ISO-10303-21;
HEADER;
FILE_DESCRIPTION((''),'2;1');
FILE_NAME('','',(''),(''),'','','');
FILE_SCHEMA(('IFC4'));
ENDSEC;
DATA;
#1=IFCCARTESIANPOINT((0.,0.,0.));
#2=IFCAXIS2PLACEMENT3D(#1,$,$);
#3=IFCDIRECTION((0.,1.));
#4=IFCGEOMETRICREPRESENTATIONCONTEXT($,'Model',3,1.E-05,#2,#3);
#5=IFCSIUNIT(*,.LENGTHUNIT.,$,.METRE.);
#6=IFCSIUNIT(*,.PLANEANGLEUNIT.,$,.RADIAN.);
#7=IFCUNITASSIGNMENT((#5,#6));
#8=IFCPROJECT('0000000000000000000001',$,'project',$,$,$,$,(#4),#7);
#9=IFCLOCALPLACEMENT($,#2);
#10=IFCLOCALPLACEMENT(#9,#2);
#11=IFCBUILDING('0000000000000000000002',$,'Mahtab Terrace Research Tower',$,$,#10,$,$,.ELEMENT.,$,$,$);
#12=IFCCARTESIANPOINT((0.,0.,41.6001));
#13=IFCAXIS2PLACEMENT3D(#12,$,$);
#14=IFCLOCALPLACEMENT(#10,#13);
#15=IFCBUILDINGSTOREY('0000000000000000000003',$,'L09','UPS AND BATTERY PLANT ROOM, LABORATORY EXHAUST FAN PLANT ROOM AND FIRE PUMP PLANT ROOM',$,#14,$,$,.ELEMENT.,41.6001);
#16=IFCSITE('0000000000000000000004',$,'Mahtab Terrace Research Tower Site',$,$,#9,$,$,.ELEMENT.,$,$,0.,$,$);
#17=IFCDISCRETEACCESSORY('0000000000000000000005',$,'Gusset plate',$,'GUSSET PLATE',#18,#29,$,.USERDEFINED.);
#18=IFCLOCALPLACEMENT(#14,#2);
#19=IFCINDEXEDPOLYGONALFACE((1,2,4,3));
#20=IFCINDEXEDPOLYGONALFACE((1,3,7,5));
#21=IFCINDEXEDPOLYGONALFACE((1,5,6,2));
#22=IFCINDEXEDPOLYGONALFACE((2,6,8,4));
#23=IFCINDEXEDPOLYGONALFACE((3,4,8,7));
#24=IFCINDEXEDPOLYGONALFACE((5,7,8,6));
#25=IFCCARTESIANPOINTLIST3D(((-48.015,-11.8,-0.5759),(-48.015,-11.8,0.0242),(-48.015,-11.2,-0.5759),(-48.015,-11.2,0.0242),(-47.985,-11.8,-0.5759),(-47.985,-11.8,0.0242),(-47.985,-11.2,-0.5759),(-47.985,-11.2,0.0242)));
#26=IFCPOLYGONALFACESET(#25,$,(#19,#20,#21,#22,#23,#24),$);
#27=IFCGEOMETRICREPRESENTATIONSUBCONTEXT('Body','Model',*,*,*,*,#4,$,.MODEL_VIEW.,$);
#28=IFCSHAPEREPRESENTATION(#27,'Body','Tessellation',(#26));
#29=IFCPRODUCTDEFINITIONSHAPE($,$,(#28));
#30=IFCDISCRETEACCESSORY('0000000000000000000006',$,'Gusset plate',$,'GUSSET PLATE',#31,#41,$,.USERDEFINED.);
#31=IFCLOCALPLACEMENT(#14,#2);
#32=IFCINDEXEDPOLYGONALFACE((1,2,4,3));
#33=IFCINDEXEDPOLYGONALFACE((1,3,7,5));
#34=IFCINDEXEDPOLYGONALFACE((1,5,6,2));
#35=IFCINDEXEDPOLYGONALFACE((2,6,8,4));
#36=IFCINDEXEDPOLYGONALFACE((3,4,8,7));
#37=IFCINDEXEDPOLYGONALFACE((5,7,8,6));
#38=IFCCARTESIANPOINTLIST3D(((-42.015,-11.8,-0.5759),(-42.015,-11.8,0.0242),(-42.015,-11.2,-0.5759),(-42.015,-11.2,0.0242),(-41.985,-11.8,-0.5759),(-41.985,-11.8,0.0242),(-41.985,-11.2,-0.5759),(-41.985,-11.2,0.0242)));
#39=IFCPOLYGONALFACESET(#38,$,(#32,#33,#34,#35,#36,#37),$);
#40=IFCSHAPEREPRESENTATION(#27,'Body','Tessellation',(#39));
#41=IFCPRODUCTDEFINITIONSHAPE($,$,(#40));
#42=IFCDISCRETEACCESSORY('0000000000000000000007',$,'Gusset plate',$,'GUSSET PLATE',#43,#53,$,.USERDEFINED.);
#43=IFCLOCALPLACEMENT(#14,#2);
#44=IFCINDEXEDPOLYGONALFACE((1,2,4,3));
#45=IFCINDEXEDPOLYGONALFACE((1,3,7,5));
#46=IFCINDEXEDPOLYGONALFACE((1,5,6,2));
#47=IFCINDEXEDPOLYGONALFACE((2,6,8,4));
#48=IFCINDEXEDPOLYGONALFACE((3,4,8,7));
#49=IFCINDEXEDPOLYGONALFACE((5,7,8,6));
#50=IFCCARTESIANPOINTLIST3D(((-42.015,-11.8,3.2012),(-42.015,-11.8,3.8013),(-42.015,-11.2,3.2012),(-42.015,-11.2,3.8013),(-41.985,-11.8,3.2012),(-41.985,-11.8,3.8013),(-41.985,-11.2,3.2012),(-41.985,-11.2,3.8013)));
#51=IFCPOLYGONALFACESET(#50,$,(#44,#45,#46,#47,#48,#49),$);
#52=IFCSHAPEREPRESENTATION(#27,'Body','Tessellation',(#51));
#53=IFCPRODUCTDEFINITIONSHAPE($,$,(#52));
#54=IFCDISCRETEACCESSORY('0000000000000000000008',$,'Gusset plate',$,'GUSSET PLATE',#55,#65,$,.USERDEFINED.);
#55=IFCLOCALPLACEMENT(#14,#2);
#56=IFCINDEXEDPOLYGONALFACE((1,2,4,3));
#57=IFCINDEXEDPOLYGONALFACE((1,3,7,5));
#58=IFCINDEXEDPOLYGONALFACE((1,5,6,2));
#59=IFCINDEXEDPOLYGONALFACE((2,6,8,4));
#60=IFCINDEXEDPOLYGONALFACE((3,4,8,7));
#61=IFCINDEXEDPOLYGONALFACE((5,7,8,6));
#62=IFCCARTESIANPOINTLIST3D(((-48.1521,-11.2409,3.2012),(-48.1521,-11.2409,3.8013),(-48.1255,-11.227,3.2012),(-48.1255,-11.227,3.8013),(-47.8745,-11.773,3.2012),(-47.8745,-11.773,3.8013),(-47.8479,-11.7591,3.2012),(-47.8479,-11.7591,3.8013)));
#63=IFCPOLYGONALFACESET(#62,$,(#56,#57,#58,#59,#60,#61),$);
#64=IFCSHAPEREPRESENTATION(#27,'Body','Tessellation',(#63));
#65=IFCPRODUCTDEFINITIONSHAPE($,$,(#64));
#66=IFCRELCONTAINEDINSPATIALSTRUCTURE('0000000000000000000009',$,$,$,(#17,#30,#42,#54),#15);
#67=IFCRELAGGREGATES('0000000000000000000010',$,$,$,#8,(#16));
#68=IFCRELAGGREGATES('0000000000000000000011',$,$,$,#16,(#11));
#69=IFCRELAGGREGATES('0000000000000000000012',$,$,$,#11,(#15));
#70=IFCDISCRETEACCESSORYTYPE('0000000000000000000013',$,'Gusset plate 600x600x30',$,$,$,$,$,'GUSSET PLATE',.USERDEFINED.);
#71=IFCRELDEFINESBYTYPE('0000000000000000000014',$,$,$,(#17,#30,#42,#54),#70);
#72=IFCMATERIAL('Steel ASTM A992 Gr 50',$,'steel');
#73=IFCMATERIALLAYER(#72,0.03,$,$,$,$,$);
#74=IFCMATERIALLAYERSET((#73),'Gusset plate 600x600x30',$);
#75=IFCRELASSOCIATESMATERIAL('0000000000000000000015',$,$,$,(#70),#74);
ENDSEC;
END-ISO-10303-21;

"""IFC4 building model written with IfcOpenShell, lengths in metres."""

from ifc_helpers import new_model, si_unit, direction, frame, origin, origin_2d, place, context, subcontext, project, spatial, rectangle, extrude, material, layer, layer_set, type_object, element, save


model = new_model("IFC4")

# Units and contexts
model_context = context("Model", 3, precision=1e-05, world=origin(), true_north=direction((0.0, 1.0)))
body_context = subcontext(model_context, "Body", "Model", "MODEL_VIEW")
ifc_project = project(units=[si_unit("LENGTHUNIT", "METRE"), si_unit("PLANEANGLEUNIT", "RADIAN")], contexts=[model_context])

# Site, building, storey
site_placement = place(None, origin())
site = spatial("IfcSite", under=ifc_project, at=site_placement, Name="Mahtab Terrace Research Tower Site", CompositionType="ELEMENT", RefElevation=0.0)
building_placement = place(site_placement, origin())
building = spatial("IfcBuilding", under=site, at=building_placement, Name="Mahtab Terrace Research Tower", CompositionType="ELEMENT")
storey_placement = place(building_placement, frame((0.0, 0.0, 41.6001)))
storey = spatial("IfcBuildingStorey", under=building, at=storey_placement, Name="L09", Description="UPS AND BATTERY PLANT ROOM, LABORATORY EXHAUST FAN PLANT ROOM AND FIRE PUMP PLANT ROOM", CompositionType="ELEMENT", Elevation=41.6001)

# Shared definitions
ifc_material_1 = material(Name="Steel ASTM A992 Gr 50", Category="steel")

# Discrete accessories
ifc_layer = layer(ifc_material_1, 0.03)
ifc_layer_set = layer_set([ifc_layer], Name="Gusset plate 600x600x30")
discrete_accessory_type_1 = type_object("IfcDiscreteAccessoryType", Name="Gusset plate 600x600x30", ElementType="GUSSET PLATE", PredefinedType="USERDEFINED", material=ifc_layer_set)
for number, where, z_axis, x_axis, name in (
    (1, (-48.0, -11.5, -0.5759), (0.0, 0.0, 1.0), (0.0, 1.0, 0.0), "Gusset plate"),
    (2, (-42.0, -11.5, -0.5759), (0.0, 0.0, 1.0), (0.0, 1.0, 0.0), "Gusset plate"),
    (3, (-42.0, -11.5, 3.2012), (0.0, 0.0, 1.0), (0.0, 1.0, 0.0), "Gusset plate"),
    (4, (-48.0, -11.5, 3.2012), (0.0, 0.0, 1.0), (-0.4626, 0.886567, 0.0), "Gusset plate"),
):
    element("IfcDiscreteAccessory", number, at=place(storey_placement, frame(where, z_axis=z_axis, x_axis=x_axis)), inside=storey, type_object=discrete_accessory_type_1, Name=name, ObjectType="GUSSET PLATE", PredefinedType="USERDEFINED", context=body_context, shape_type="SweptSolid", body=[
        extrude(rectangle(XDim=0.6001, YDim=0.03, at=origin_2d()), origin(), (0.0, 0.0, 1.0), 0.6001),
    ])

save(model, "model.ifc")
